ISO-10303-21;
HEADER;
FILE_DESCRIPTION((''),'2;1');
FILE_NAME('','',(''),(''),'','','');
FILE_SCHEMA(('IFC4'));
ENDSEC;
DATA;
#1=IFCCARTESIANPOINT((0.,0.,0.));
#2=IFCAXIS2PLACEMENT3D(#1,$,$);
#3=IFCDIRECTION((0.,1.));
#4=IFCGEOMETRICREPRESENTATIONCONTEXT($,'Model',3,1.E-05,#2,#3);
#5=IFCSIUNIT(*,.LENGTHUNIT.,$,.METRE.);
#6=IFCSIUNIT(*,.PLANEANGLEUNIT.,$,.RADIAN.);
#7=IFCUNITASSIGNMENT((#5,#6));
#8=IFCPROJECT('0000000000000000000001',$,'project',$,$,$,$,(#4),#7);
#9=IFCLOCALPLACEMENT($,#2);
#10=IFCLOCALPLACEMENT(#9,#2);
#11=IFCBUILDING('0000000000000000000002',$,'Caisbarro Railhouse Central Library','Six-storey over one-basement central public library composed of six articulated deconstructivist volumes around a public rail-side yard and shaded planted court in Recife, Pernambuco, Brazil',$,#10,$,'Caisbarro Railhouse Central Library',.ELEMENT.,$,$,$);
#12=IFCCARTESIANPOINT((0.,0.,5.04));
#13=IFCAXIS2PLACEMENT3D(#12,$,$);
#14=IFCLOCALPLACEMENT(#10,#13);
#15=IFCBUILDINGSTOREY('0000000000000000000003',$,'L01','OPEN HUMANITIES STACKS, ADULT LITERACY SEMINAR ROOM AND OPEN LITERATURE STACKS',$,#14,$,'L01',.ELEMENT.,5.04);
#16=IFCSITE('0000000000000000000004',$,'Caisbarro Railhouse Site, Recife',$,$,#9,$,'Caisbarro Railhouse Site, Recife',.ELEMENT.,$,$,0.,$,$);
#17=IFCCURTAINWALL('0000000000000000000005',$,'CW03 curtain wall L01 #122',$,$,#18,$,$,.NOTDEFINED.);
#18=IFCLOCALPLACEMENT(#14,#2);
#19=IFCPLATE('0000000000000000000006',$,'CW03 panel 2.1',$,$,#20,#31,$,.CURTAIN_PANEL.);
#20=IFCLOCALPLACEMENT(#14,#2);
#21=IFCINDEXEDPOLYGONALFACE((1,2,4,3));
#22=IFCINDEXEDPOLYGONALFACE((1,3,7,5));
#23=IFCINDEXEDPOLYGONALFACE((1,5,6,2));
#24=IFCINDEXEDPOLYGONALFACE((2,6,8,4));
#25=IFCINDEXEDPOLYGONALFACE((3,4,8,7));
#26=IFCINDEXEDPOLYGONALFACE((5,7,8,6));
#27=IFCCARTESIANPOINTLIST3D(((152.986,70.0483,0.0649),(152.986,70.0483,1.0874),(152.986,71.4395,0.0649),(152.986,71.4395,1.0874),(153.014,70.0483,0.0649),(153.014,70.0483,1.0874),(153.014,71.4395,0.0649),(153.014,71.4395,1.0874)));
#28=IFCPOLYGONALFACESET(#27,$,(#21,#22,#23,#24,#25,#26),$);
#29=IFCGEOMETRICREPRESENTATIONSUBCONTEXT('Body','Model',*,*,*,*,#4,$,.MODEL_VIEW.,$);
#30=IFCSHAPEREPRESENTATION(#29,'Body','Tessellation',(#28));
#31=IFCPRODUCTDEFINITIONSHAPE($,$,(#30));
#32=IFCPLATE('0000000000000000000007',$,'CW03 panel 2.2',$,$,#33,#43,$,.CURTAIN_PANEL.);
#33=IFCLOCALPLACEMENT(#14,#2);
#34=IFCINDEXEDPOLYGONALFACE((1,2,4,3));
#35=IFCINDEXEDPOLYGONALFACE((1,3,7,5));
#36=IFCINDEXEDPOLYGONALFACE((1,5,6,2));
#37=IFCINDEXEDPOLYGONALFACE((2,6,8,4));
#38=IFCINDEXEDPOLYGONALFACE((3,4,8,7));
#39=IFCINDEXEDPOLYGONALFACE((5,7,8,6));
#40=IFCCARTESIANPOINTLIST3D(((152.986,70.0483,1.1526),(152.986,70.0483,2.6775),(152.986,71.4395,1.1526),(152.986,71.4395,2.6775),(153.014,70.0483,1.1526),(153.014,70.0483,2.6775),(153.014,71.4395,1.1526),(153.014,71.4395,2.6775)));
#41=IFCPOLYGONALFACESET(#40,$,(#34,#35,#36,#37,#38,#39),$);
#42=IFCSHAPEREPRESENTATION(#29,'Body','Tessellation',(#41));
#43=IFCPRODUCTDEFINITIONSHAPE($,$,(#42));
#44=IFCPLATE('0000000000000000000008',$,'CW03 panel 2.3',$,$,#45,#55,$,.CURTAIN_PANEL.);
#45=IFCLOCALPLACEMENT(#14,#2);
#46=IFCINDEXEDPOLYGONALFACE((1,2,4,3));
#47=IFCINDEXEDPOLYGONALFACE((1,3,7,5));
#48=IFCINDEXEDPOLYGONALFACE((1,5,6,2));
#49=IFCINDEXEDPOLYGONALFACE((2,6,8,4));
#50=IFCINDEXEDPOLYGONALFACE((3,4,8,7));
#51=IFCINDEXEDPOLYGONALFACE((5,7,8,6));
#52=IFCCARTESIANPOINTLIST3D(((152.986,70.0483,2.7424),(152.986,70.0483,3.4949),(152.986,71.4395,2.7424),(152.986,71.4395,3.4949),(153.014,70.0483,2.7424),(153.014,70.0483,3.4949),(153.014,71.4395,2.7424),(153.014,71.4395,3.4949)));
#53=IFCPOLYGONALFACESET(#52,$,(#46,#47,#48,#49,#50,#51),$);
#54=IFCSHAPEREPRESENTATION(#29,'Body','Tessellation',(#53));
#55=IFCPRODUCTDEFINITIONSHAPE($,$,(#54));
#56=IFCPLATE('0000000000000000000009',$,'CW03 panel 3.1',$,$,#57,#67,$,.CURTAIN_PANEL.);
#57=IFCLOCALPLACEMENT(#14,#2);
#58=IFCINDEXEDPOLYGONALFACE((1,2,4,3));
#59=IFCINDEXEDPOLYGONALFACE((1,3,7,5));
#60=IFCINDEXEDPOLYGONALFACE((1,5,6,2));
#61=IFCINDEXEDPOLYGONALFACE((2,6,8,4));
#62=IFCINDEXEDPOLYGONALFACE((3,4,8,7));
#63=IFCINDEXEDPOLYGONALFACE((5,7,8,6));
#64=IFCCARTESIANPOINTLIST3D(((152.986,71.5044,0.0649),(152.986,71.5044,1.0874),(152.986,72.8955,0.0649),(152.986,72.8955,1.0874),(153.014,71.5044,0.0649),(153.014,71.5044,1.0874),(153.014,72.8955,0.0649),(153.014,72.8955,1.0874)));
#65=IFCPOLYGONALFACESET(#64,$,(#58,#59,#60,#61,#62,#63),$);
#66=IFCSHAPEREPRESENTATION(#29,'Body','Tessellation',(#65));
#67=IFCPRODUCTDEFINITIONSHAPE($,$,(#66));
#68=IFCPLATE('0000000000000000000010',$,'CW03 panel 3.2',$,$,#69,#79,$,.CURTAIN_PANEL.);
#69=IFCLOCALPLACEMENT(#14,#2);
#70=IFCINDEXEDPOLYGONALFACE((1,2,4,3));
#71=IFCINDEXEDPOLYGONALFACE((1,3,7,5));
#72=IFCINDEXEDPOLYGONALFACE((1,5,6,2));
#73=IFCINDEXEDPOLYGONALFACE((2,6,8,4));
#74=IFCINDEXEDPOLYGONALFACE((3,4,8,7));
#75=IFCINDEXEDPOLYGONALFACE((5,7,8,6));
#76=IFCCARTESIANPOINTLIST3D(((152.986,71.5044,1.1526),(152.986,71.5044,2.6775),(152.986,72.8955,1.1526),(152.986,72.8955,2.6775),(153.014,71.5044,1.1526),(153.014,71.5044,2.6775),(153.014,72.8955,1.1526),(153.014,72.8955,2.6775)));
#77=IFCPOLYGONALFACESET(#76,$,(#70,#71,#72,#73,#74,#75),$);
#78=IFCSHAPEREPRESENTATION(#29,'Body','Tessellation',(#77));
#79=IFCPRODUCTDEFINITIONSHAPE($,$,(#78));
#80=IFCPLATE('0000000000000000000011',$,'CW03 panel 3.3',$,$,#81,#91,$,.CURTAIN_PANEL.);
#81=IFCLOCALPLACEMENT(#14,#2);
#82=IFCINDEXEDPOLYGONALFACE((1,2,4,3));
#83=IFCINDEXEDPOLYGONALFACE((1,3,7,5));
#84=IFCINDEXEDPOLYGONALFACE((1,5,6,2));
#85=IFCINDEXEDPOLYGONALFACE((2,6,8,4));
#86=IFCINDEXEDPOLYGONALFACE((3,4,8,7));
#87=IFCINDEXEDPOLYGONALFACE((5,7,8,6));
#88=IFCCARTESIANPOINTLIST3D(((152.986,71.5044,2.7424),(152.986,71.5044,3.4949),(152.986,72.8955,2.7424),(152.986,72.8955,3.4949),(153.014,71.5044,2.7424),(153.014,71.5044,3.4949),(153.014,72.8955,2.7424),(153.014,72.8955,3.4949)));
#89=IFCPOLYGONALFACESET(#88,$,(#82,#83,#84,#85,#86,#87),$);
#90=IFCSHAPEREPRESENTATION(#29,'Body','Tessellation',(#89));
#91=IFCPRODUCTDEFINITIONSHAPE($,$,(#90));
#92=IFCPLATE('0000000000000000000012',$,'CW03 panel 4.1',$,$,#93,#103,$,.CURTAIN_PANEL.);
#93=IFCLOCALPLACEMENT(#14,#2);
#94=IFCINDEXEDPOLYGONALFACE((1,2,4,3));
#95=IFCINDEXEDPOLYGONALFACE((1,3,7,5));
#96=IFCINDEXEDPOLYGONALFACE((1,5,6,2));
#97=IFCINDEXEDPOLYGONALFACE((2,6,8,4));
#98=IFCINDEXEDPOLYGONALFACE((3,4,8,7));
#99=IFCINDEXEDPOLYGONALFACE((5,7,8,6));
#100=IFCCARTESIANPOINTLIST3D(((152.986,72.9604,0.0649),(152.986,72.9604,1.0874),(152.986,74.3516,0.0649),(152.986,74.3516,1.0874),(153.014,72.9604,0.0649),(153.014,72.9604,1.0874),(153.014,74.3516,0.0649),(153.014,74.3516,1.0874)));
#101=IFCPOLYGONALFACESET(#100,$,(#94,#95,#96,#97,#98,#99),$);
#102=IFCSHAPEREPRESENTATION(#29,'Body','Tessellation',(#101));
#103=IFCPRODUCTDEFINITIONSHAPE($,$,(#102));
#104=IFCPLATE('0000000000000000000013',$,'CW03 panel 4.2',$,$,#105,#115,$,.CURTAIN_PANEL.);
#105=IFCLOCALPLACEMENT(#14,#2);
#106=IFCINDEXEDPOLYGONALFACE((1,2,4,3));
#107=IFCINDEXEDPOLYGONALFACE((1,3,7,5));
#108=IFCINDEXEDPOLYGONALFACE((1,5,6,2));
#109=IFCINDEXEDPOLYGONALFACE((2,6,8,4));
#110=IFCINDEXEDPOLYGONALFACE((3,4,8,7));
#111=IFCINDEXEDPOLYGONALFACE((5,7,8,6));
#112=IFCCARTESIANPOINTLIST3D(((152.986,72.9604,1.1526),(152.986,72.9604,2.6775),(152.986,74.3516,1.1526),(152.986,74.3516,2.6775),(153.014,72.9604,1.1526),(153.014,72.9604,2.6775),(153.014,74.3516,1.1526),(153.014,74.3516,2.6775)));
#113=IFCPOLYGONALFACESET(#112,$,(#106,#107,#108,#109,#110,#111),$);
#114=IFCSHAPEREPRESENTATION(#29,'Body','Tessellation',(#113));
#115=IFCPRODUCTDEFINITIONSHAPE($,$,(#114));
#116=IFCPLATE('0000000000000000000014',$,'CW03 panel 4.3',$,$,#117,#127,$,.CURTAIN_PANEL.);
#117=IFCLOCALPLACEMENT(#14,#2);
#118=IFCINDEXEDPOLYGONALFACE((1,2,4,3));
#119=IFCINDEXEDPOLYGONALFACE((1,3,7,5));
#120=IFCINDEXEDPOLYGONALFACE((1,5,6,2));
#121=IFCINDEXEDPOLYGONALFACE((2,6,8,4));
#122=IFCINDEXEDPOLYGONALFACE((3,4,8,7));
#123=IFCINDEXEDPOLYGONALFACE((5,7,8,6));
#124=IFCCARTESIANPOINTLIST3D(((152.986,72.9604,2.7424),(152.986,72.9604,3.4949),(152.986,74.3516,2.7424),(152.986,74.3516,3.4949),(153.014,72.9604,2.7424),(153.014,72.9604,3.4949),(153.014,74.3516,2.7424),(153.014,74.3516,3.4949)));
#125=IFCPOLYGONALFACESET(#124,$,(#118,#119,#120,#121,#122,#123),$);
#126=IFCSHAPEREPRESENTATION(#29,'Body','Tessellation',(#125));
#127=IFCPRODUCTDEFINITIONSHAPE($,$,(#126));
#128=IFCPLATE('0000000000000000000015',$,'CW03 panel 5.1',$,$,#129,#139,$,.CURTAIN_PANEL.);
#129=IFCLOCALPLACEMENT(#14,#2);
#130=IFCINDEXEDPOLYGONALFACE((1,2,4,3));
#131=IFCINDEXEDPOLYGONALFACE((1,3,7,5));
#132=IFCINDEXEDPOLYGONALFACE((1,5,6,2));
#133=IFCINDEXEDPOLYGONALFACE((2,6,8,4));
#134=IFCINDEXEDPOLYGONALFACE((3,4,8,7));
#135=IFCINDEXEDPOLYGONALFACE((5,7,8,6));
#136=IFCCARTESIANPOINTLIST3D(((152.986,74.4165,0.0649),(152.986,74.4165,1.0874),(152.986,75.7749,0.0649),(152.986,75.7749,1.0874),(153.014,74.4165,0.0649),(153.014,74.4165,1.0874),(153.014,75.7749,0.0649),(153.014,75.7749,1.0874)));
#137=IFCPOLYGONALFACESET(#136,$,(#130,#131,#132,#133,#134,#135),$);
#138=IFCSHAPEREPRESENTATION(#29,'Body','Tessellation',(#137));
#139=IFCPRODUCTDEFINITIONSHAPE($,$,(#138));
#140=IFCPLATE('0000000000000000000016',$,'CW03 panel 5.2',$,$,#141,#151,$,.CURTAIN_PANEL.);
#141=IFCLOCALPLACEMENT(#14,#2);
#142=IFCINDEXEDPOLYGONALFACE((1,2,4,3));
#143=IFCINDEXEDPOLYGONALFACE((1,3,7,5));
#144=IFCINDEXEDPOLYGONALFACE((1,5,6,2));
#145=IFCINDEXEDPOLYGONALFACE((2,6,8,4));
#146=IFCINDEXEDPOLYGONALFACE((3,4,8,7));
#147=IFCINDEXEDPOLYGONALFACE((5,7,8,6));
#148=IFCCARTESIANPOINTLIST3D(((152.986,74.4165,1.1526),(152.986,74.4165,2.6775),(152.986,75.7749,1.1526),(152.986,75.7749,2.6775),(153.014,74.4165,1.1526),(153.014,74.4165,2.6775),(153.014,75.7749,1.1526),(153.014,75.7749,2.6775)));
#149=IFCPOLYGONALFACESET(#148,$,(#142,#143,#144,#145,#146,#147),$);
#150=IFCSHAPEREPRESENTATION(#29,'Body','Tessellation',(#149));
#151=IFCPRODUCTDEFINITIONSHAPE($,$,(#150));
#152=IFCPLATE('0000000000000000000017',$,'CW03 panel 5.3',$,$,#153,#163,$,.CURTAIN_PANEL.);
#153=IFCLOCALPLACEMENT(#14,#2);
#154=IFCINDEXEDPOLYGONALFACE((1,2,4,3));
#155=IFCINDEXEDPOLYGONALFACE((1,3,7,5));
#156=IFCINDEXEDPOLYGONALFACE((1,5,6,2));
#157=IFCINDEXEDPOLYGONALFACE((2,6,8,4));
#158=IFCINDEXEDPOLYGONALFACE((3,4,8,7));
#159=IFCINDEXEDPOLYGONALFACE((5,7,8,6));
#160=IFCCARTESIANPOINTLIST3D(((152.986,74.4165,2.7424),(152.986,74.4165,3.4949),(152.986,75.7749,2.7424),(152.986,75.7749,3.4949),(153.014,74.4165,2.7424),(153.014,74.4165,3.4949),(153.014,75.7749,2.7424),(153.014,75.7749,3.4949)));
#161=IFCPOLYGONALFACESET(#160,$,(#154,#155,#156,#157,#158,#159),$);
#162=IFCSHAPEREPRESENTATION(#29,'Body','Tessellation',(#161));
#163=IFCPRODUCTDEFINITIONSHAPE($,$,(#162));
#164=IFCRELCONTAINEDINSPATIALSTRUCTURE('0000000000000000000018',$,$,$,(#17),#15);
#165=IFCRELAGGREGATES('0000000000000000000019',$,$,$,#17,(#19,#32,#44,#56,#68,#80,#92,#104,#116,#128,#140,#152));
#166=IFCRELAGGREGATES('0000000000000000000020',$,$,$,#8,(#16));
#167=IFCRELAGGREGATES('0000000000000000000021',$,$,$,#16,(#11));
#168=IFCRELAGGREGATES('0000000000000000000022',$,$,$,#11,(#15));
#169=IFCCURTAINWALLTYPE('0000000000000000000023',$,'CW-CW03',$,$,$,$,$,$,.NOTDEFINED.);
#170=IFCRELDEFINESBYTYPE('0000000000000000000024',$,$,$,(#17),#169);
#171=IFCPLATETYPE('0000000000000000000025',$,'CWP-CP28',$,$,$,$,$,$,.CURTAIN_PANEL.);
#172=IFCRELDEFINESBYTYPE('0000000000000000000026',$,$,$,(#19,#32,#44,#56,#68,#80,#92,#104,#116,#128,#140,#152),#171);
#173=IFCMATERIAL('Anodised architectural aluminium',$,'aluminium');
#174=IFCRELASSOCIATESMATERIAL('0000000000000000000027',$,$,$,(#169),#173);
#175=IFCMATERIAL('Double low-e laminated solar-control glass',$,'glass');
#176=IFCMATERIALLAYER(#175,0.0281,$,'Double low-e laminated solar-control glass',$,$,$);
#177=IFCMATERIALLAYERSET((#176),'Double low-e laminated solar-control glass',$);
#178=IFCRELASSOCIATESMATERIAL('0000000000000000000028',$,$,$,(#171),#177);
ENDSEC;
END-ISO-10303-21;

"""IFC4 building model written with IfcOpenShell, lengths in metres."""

from ifc_helpers import new_model, si_unit, direction, frame, origin, origin_2d, place, context, subcontext, project, spatial, rectangle, extrude, material, layer, layer_set, type_object, element, aggregate, save


model = new_model("IFC4")

# Units and contexts
model_context = context("Model", 3, precision=1e-05, world=origin(), true_north=direction((0.0, 1.0)))
body_context = subcontext(model_context, "Body", "Model", "MODEL_VIEW")
ifc_project = project(units=[si_unit("LENGTHUNIT", "METRE"), si_unit("PLANEANGLEUNIT", "RADIAN")], contexts=[model_context])

# Site, building, storey
site_placement = place(None, origin())
site = spatial("IfcSite", under=ifc_project, at=site_placement, Name="Caisbarro Railhouse Site, Recife", LongName="Caisbarro Railhouse Site, Recife", CompositionType="ELEMENT", RefElevation=0.0)
building_placement = place(site_placement, origin())
building = spatial("IfcBuilding", under=site, at=building_placement, Name="Caisbarro Railhouse Central Library", Description="Six-storey over one-basement central public library composed of six articulated deconstructivist volumes around a public rail-side yard and shaded planted court in Recife, Pernambuco, Brazil", LongName="Caisbarro Railhouse Central Library", CompositionType="ELEMENT")
storey_placement = place(building_placement, frame((0.0, 0.0, 5.04)))
storey = spatial("IfcBuildingStorey", under=building, at=storey_placement, Name="L01", Description="OPEN HUMANITIES STACKS, ADULT LITERACY SEMINAR ROOM AND OPEN LITERATURE STACKS", LongName="L01", CompositionType="ELEMENT", Elevation=5.04)

# Curtain wall, plates
ifc_material_1 = material(Name="Anodised architectural aluminium", Category="aluminium")
curtain_wall_type = type_object("IfcCurtainWallType", Name="CW-CW03", PredefinedType="NOTDEFINED", material=ifc_material_1)
curtain_wall_placement = place(storey_placement, origin())
curtain_wall = element("IfcCurtainWall", 1, at=curtain_wall_placement, inside=storey, type_object=curtain_wall_type, Name="CW03 curtain wall L01 #122", PredefinedType="NOTDEFINED")
ifc_material_2 = material(Name="Double low-e laminated solar-control glass", Category="glass")
ifc_layer = layer(ifc_material_2, 0.0281, Name="Double low-e laminated solar-control glass")
ifc_layer_set = layer_set([ifc_layer], Name="Double low-e laminated solar-control glass")
plate_type = type_object("IfcPlateType", Name="CWP-CP28", PredefinedType="CURTAIN_PANEL", material=ifc_layer_set)
plate_1_placement = place(storey_placement, frame((153.0, 70.7439, 0.0649), z_axis=(0.0, 0.0, 1.0), x_axis=(0.0, 1.0, 0.0)))
plate_1 = element("IfcPlate", 2, at=plate_1_placement, type_object=plate_type, Name="CW03 panel 2.1", PredefinedType="CURTAIN_PANEL", context=body_context, shape_type="SweptSolid", body=[
    extrude(rectangle(XDim=1.3911, YDim=0.0281, at=origin_2d()), origin(), (0.0, 0.0, 1.0), 1.0225),
])
plate_2_placement = place(storey_placement, frame((153.0, 70.7439, 1.1526), z_axis=(0.0, 0.0, 1.0), x_axis=(0.0, 1.0, 0.0)))
plate_2 = element("IfcPlate", 3, at=plate_2_placement, type_object=plate_type, Name="CW03 panel 2.2", PredefinedType="CURTAIN_PANEL", context=body_context, shape_type="SweptSolid", body=[
    extrude(rectangle(XDim=1.3911, YDim=0.0281, at=origin_2d()), origin(), (0.0, 0.0, 1.0), 1.5249),
])
plate_3_placement = place(storey_placement, frame((153.0, 70.7439, 2.7424), z_axis=(0.0, 0.0, 1.0), x_axis=(0.0, 1.0, 0.0)))
plate_3 = element("IfcPlate", 4, at=plate_3_placement, type_object=plate_type, Name="CW03 panel 2.3", PredefinedType="CURTAIN_PANEL", context=body_context, shape_type="SweptSolid", body=[
    extrude(rectangle(XDim=1.3911, YDim=0.0281, at=origin_2d()), origin(), (0.0, 0.0, 1.0), 0.7524),
])
plate_4_placement = place(storey_placement, frame((153.0, 72.2, 0.0649), z_axis=(0.0, 0.0, 1.0), x_axis=(0.0, 1.0, 0.0)))
plate_4 = element("IfcPlate", 5, at=plate_4_placement, type_object=plate_type, Name="CW03 panel 3.1", PredefinedType="CURTAIN_PANEL", context=body_context, shape_type="SweptSolid", body=[
    extrude(rectangle(XDim=1.3911, YDim=0.0281, at=origin_2d()), origin(), (0.0, 0.0, 1.0), 1.0225),
])
plate_5_placement = place(storey_placement, frame((153.0, 72.2, 1.1526), z_axis=(0.0, 0.0, 1.0), x_axis=(0.0, 1.0, 0.0)))
plate_5 = element("IfcPlate", 6, at=plate_5_placement, type_object=plate_type, Name="CW03 panel 3.2", PredefinedType="CURTAIN_PANEL", context=body_context, shape_type="SweptSolid", body=[
    extrude(rectangle(XDim=1.3911, YDim=0.0281, at=origin_2d()), origin(), (0.0, 0.0, 1.0), 1.5249),
])
plate_6_placement = place(storey_placement, frame((153.0, 72.2, 2.7424), z_axis=(0.0, 0.0, 1.0), x_axis=(0.0, 1.0, 0.0)))
plate_6 = element("IfcPlate", 7, at=plate_6_placement, type_object=plate_type, Name="CW03 panel 3.3", PredefinedType="CURTAIN_PANEL", context=body_context, shape_type="SweptSolid", body=[
    extrude(rectangle(XDim=1.3911, YDim=0.0281, at=origin_2d()), origin(), (0.0, 0.0, 1.0), 0.7524),
])
plate_7_placement = place(storey_placement, frame((153.0, 73.656, 0.0649), z_axis=(0.0, 0.0, 1.0), x_axis=(0.0, 1.0, 0.0)))
plate_7 = element("IfcPlate", 8, at=plate_7_placement, type_object=plate_type, Name="CW03 panel 4.1", PredefinedType="CURTAIN_PANEL", context=body_context, shape_type="SweptSolid", body=[
    extrude(rectangle(XDim=1.3911, YDim=0.0281, at=origin_2d()), origin(), (0.0, 0.0, 1.0), 1.0225),
])
plate_8_placement = place(storey_placement, frame((153.0, 73.656, 1.1526), z_axis=(0.0, 0.0, 1.0), x_axis=(0.0, 1.0, 0.0)))
plate_8 = element("IfcPlate", 9, at=plate_8_placement, type_object=plate_type, Name="CW03 panel 4.2", PredefinedType="CURTAIN_PANEL", context=body_context, shape_type="SweptSolid", body=[
    extrude(rectangle(XDim=1.3911, YDim=0.0281, at=origin_2d()), origin(), (0.0, 0.0, 1.0), 1.5249),
])
plate_9_placement = place(storey_placement, frame((153.0, 73.656, 2.7424), z_axis=(0.0, 0.0, 1.0), x_axis=(0.0, 1.0, 0.0)))
plate_9 = element("IfcPlate", 10, at=plate_9_placement, type_object=plate_type, Name="CW03 panel 4.3", PredefinedType="CURTAIN_PANEL", context=body_context, shape_type="SweptSolid", body=[
    extrude(rectangle(XDim=1.3911, YDim=0.0281, at=origin_2d()), origin(), (0.0, 0.0, 1.0), 0.7524),
])
plate_10_placement = place(storey_placement, frame((153.0, 75.0957, 0.0649), z_axis=(0.0, 0.0, 1.0), x_axis=(0.0, 1.0, 0.0)))
plate_10 = element("IfcPlate", 11, at=plate_10_placement, type_object=plate_type, Name="CW03 panel 5.1", PredefinedType="CURTAIN_PANEL", context=body_context, shape_type="SweptSolid", body=[
    extrude(rectangle(XDim=1.3584, YDim=0.0281, at=origin_2d()), origin(), (0.0, 0.0, 1.0), 1.0225),
])
plate_11_placement = place(storey_placement, frame((153.0, 75.0957, 1.1526), z_axis=(0.0, 0.0, 1.0), x_axis=(0.0, 1.0, 0.0)))
plate_11 = element("IfcPlate", 12, at=plate_11_placement, type_object=plate_type, Name="CW03 panel 5.2", PredefinedType="CURTAIN_PANEL", context=body_context, shape_type="SweptSolid", body=[
    extrude(rectangle(XDim=1.3584, YDim=0.0281, at=origin_2d()), origin(), (0.0, 0.0, 1.0), 1.5249),
])
plate_12_placement = place(storey_placement, frame((153.0, 75.0957, 2.7424), z_axis=(0.0, 0.0, 1.0), x_axis=(0.0, 1.0, 0.0)))
plate_12 = element("IfcPlate", 13, at=plate_12_placement, type_object=plate_type, Name="CW03 panel 5.3", PredefinedType="CURTAIN_PANEL", context=body_context, shape_type="SweptSolid", body=[
    extrude(rectangle(XDim=1.3584, YDim=0.0281, at=origin_2d()), origin(), (0.0, 0.0, 1.0), 0.7524),
])
aggregate(curtain_wall, [plate_1, plate_2, plate_3, plate_4, plate_5, plate_6, plate_7, plate_8, plate_9, plate_10, plate_11, plate_12])

save(model, "model.ifc")
